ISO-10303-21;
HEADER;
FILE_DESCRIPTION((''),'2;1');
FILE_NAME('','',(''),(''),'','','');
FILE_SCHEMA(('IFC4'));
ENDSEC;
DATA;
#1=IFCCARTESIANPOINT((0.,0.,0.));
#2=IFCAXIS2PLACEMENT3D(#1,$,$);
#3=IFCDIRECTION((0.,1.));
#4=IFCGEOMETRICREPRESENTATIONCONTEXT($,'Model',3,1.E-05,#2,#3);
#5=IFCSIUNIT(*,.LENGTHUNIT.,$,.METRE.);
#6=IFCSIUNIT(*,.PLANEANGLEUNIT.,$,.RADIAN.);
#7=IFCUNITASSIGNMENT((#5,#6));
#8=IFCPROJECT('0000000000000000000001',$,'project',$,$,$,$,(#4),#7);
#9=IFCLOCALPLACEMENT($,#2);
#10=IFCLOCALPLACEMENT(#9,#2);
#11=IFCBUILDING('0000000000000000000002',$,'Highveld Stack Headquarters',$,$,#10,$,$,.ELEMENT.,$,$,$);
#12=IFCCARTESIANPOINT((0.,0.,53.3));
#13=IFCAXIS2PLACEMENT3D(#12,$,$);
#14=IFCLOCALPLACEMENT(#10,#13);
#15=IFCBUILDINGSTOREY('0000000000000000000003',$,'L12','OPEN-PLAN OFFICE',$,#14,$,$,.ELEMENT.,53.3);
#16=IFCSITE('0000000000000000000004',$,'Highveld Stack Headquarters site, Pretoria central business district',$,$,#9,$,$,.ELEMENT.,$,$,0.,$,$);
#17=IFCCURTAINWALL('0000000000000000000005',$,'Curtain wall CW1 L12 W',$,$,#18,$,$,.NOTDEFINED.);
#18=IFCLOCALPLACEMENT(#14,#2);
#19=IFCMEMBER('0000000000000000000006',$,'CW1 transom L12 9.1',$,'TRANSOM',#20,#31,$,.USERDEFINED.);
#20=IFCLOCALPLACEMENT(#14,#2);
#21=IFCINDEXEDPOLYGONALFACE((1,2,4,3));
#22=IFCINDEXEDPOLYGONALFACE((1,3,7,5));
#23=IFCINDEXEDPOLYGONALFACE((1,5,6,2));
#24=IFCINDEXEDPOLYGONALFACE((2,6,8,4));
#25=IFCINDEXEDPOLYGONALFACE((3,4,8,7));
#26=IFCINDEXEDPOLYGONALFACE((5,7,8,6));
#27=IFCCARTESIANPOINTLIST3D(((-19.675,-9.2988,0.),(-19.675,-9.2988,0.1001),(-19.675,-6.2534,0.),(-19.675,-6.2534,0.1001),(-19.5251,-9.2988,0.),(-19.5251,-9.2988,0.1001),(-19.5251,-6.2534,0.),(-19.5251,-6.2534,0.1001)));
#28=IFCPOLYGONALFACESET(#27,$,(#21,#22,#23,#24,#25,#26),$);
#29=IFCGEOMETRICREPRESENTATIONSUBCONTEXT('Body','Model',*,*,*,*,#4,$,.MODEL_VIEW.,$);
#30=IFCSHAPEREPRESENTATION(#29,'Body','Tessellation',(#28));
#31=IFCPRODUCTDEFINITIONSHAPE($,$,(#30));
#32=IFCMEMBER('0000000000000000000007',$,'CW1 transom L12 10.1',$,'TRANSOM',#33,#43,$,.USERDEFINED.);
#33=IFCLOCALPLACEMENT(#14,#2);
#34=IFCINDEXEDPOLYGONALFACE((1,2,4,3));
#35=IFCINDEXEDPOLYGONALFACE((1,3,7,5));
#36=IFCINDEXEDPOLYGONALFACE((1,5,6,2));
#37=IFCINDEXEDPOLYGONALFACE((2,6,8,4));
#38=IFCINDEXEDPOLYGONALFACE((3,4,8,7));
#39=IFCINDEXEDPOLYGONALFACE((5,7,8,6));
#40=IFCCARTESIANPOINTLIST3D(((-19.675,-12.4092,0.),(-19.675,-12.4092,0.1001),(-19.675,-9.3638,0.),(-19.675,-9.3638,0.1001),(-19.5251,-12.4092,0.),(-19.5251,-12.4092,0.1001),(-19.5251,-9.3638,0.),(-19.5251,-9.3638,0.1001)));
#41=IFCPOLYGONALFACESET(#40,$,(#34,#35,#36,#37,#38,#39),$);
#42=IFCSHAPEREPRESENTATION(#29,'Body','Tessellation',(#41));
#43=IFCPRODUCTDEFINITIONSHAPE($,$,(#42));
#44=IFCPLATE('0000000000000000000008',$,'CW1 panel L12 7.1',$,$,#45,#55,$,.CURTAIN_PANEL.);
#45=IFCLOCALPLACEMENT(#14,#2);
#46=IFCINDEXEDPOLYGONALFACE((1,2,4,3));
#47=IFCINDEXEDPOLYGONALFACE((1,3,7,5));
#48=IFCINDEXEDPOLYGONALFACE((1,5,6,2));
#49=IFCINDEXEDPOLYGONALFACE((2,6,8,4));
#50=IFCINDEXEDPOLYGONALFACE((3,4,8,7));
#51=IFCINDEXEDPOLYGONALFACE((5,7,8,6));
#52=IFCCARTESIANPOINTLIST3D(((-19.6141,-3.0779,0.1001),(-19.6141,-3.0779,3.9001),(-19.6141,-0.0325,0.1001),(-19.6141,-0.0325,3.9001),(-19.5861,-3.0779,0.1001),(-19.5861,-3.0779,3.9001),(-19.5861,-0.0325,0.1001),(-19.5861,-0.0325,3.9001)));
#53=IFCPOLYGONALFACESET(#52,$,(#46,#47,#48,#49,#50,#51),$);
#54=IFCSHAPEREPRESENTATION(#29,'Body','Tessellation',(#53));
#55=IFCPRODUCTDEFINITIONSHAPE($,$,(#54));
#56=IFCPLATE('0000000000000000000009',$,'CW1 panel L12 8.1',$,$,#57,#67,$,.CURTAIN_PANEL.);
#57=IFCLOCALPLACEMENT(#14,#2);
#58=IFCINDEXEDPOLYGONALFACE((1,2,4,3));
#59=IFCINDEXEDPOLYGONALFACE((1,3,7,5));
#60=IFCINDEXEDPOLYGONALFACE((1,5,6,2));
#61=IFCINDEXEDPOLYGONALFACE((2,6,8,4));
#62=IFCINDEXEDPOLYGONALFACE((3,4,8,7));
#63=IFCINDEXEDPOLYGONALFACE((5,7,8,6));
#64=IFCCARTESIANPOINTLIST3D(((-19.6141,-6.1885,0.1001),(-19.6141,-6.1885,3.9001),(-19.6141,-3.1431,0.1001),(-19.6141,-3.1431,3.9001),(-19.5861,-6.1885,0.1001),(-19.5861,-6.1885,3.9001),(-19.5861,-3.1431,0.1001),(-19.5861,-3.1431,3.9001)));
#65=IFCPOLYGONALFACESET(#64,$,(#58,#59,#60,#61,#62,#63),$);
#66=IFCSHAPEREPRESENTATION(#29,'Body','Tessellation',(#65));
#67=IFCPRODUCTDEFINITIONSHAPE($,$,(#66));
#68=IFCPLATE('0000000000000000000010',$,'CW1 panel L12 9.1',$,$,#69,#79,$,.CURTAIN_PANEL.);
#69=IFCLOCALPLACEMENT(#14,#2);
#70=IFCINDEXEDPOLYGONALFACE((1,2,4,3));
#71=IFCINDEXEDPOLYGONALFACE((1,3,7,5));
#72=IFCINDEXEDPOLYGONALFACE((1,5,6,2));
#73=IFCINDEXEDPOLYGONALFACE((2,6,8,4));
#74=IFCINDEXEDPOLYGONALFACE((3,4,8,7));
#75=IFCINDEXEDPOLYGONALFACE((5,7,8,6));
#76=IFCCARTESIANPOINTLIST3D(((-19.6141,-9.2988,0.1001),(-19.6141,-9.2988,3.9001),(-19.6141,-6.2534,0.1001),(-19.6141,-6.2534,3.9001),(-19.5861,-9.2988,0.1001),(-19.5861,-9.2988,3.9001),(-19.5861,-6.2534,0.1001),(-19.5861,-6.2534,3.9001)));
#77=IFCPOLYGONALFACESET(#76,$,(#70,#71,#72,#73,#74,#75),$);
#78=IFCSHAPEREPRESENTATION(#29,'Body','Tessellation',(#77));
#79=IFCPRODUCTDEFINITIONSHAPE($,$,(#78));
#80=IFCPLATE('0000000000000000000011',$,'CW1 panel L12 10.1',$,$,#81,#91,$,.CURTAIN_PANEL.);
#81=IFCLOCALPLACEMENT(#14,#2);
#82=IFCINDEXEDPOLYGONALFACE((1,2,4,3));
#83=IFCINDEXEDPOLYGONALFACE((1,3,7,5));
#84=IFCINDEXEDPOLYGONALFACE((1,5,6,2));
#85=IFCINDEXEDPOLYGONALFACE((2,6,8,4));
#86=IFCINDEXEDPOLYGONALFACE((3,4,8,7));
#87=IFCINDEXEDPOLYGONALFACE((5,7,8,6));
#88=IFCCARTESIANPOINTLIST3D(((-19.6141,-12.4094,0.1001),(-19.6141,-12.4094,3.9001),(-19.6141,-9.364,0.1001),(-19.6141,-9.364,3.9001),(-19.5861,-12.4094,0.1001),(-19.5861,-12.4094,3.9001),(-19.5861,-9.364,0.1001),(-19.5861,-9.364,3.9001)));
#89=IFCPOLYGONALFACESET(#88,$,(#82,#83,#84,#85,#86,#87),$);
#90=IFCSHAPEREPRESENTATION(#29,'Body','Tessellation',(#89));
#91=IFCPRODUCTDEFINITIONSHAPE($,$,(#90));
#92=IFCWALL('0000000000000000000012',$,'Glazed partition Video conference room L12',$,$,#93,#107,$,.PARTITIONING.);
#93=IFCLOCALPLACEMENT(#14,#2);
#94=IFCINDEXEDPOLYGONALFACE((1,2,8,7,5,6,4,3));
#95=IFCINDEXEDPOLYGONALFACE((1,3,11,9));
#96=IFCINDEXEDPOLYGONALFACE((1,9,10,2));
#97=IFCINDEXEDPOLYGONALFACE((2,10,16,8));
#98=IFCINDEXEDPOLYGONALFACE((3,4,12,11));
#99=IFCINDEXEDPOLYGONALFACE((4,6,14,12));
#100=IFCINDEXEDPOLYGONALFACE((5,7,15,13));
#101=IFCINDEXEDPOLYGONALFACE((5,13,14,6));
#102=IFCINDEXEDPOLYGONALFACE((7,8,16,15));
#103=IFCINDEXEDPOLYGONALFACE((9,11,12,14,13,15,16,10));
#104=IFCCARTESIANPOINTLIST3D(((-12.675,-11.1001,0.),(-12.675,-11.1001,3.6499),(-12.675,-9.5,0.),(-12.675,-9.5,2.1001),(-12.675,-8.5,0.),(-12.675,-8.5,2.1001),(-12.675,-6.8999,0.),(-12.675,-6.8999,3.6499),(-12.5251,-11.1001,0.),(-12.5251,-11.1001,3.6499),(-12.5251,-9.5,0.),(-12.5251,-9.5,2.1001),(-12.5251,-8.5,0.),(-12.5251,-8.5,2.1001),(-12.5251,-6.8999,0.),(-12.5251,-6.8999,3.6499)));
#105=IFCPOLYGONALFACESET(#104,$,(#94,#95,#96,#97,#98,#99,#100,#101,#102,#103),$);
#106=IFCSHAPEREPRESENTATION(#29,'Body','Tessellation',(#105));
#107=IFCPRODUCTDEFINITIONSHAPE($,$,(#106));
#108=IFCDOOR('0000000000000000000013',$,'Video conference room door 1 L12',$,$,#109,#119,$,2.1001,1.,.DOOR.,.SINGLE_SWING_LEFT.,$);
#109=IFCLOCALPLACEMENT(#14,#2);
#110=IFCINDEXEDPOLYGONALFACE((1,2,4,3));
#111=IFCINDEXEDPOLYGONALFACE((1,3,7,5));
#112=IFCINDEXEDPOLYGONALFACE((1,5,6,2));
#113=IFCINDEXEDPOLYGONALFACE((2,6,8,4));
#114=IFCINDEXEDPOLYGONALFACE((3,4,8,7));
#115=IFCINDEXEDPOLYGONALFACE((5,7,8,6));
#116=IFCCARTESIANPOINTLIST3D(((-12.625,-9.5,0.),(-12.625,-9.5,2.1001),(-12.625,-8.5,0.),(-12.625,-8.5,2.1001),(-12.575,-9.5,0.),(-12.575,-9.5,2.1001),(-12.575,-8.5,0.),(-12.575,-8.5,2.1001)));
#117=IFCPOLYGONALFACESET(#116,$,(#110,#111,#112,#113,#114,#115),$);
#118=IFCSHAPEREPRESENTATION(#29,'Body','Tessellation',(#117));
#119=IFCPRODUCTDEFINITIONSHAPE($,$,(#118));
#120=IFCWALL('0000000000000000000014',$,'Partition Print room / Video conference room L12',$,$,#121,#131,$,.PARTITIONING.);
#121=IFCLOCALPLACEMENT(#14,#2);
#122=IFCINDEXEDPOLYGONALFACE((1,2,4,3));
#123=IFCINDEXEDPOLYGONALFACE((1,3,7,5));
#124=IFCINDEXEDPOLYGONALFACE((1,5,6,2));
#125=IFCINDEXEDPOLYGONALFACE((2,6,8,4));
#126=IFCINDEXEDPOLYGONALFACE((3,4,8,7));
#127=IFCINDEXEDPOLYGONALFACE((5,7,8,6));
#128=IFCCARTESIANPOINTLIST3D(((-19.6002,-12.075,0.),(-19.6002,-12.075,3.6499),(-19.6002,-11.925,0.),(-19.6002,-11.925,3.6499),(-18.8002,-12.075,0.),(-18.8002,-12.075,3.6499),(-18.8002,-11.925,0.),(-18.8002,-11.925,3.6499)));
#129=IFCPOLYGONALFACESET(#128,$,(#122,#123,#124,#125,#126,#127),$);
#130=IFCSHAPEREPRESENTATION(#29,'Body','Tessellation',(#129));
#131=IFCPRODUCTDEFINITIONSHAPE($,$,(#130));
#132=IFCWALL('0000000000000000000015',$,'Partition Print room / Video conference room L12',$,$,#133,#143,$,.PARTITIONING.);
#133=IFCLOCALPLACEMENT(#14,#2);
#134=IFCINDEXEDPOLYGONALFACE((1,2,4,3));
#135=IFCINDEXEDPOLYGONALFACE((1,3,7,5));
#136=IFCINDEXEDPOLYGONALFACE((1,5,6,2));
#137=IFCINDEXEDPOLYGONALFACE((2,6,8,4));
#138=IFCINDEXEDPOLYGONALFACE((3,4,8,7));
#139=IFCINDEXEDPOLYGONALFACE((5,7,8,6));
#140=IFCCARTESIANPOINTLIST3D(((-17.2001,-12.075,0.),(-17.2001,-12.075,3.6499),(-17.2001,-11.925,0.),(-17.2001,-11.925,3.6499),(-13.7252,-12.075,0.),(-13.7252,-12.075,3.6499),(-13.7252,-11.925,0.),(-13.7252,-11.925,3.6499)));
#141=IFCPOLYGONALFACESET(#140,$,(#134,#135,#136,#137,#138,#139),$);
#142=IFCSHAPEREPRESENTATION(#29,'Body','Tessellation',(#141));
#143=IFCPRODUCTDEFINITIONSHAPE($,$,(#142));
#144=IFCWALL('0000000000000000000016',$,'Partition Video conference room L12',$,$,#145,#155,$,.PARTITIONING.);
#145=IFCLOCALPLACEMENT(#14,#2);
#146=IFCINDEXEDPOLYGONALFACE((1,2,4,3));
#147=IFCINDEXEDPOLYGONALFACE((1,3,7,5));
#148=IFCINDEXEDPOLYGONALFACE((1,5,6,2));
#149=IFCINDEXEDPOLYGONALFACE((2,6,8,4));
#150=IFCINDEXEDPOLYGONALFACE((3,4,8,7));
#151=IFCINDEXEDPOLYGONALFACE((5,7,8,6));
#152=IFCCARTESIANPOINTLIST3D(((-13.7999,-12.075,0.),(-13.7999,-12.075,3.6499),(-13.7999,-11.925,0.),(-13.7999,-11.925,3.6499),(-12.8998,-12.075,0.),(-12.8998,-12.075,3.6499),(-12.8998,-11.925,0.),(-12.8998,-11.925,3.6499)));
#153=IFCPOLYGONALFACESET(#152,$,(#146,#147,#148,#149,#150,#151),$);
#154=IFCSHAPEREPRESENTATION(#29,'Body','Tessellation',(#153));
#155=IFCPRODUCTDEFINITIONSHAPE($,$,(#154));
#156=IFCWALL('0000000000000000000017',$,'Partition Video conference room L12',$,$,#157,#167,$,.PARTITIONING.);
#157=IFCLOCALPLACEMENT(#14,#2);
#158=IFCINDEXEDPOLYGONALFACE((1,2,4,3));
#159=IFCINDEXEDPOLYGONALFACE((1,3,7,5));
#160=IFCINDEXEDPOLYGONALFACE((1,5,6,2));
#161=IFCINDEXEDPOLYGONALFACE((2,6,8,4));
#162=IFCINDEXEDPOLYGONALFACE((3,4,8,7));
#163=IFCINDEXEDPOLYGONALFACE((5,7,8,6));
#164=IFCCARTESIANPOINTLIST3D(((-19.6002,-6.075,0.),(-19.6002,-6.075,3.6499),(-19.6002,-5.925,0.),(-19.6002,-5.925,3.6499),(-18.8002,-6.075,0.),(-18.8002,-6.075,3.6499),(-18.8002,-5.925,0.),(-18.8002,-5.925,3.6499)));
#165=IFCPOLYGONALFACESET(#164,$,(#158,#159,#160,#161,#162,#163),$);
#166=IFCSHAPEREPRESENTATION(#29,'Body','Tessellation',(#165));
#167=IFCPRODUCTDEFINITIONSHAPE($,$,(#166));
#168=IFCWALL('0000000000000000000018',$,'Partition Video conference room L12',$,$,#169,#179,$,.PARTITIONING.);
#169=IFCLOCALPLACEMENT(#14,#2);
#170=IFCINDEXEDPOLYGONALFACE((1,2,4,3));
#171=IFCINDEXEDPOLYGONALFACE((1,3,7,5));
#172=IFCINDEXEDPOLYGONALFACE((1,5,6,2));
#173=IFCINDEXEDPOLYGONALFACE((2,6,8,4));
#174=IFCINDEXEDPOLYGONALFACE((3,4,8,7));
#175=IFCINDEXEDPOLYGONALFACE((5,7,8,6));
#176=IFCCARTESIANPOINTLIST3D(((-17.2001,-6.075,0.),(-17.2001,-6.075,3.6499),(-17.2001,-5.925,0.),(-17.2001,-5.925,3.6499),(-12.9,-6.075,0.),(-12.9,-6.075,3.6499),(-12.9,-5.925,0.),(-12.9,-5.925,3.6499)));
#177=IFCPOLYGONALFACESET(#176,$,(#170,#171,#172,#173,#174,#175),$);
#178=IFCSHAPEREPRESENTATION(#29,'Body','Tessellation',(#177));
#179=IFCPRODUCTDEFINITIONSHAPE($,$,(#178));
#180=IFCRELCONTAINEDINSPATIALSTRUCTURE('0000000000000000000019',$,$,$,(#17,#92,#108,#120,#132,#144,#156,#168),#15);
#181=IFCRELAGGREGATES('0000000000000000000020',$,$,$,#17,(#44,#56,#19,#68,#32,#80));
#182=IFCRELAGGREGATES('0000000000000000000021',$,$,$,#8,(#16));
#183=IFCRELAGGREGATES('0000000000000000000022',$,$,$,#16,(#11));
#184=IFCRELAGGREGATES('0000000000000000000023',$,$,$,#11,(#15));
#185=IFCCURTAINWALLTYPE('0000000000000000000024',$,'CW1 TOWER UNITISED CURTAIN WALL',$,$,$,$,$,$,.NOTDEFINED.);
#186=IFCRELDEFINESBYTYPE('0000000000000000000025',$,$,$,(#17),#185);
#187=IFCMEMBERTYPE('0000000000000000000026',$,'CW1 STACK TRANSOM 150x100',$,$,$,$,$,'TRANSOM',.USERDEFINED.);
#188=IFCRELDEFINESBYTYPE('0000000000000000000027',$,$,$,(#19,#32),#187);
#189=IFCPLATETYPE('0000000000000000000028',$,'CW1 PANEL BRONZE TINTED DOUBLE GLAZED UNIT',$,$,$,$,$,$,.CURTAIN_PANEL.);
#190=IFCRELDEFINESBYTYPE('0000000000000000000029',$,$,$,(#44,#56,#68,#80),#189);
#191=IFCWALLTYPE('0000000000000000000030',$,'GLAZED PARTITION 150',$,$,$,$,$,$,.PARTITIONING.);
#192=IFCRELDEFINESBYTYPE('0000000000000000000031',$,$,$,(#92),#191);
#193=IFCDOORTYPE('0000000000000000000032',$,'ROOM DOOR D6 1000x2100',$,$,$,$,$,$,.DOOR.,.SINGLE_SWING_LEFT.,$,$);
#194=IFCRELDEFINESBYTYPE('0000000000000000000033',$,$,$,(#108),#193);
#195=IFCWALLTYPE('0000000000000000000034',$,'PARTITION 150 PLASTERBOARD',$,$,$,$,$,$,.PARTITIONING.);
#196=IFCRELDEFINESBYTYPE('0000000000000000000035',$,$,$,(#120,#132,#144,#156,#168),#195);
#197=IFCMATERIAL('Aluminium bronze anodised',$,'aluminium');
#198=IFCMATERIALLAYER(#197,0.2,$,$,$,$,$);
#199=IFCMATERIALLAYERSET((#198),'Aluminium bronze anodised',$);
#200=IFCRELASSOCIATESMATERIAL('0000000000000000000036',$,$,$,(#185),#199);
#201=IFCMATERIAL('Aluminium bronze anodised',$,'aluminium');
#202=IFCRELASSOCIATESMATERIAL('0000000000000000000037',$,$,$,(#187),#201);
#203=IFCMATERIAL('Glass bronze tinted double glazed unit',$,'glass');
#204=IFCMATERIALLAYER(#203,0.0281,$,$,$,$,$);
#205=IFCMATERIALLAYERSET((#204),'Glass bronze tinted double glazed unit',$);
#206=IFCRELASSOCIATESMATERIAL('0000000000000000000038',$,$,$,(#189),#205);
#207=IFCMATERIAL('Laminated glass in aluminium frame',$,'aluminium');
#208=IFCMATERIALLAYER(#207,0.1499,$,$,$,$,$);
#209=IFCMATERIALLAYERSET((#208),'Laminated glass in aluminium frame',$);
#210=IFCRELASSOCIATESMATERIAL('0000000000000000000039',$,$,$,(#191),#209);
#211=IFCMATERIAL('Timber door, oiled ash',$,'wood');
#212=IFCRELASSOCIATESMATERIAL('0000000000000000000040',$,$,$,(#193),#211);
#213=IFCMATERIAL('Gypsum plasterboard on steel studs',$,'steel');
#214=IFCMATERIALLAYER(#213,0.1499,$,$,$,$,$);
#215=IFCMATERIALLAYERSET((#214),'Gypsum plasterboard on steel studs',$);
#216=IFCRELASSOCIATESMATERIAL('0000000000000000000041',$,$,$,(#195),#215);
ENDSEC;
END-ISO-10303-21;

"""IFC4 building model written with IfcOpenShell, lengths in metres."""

from ifc_helpers import new_model, si_unit, direction, frame, frame_2d, origin, origin_2d, place, context, subcontext, project, spatial, rectangle, extrude, material, layer, layer_set, material_profile, profile_set, type_object, element, fill, aggregate, save


model = new_model("IFC4")

# Units and contexts
model_context = context("Model", 3, precision=1e-05, world=origin(), true_north=direction((0.0, 1.0)))
body_context = subcontext(model_context, "Body", "Model", "MODEL_VIEW")
ifc_project = project(units=[si_unit("LENGTHUNIT", "METRE"), si_unit("PLANEANGLEUNIT", "RADIAN")], contexts=[model_context])

# Site, building, storey
site_placement = place(None, origin())
site = spatial("IfcSite", under=ifc_project, at=site_placement, Name="Highveld Stack Headquarters site, Pretoria central business district", CompositionType="ELEMENT", RefElevation=0.0)
building_placement = place(site_placement, origin())
building = spatial("IfcBuilding", under=site, at=building_placement, Name="Highveld Stack Headquarters", CompositionType="ELEMENT")
storey_placement = place(building_placement, frame((0.0, 0.0, 53.3)))
storey = spatial("IfcBuildingStorey", under=building, at=storey_placement, Name="L12", Description="OPEN-PLAN OFFICE", CompositionType="ELEMENT", Elevation=53.3)

# Curtain wall, members, plates
ifc_material_1 = material(Name="Aluminium bronze anodised", Category="aluminium")
ifc_layer_1 = layer(ifc_material_1, 0.2)
ifc_layer_set_1 = layer_set([ifc_layer_1], Name="Aluminium bronze anodised")
curtain_wall_type = type_object("IfcCurtainWallType", Name="CW1 TOWER UNITISED CURTAIN WALL", PredefinedType="NOTDEFINED", material=ifc_layer_set_1)
curtain_wall_placement = place(storey_placement, origin())
curtain_wall = element("IfcCurtainWall", 1, at=curtain_wall_placement, inside=storey, type_object=curtain_wall_type, Name="Curtain wall CW1 L12 W", PredefinedType="NOTDEFINED")
ifc_material_2 = material(Name="Aluminium bronze anodised", Category="aluminium")
ifc_material_profile_1 = material_profile(ifc_material_2, rectangle(XDim=0.1499, YDim=0.1001, at=origin_2d()), Name="CW1 TRANSOM 150x100")
ifc_profile_set_1 = profile_set([ifc_material_profile_1], Name="Aluminium bronze anodised")
member_type_1 = type_object("IfcMemberType", Name="CW1 STACK TRANSOM 150x100", ElementType="TRANSOM", PredefinedType="USERDEFINED", material=ifc_profile_set_1)
member_1_placement = place(storey_placement, frame((-19.6001, -6.2534, 0.05), z_axis=(0.0, -1.0, 0.0), x_axis=(1.0, 0.0, 0.0)))
member_1 = element("IfcMember", 2, at=member_1_placement, type_object=member_type_1, Name="CW1 transom L12 9.1", ObjectType="TRANSOM", PredefinedType="USERDEFINED", context=body_context, shape_type="SweptSolid", body=[
    extrude(rectangle(XDim=0.1499, YDim=0.1001, at=origin_2d()), origin(), (0.0, 0.0, 1.0), 3.0454),
])
member_2_placement = place(storey_placement, frame((-19.6001, -9.3638, 0.05), z_axis=(0.0, -1.0, 0.0), x_axis=(1.0, 0.0, 0.0)))
member_2 = element("IfcMember", 3, at=member_2_placement, type_object=member_type_1, Name="CW1 transom L12 10.1", ObjectType="TRANSOM", PredefinedType="USERDEFINED", context=body_context, shape_type="SweptSolid", body=[
    extrude(rectangle(XDim=0.1499, YDim=0.1001, at=origin_2d()), origin(), (0.0, 0.0, 1.0), 3.0454),
])
ifc_material_3 = material(Name="Glass bronze tinted double glazed unit", Category="glass")
ifc_layer_2 = layer(ifc_material_3, 0.0281)
ifc_layer_set_2 = layer_set([ifc_layer_2], Name="Glass bronze tinted double glazed unit")
plate_type = type_object("IfcPlateType", Name="CW1 PANEL BRONZE TINTED DOUBLE GLAZED UNIT", PredefinedType="CURTAIN_PANEL", material=ifc_layer_set_2)
plate_1_placement = place(storey_placement, frame((-19.6001, -1.5552, 0.1001), z_axis=(0.0, 0.0, 1.0), x_axis=(0.0, -1.0, 0.0)))
plate_1 = element("IfcPlate", 4, at=plate_1_placement, type_object=plate_type, Name="CW1 panel L12 7.1", PredefinedType="CURTAIN_PANEL", context=body_context, shape_type="SweptSolid", body=[
    extrude(rectangle(XDim=3.0454, YDim=0.0281, at=origin_2d()), origin(), (0.0, 0.0, 1.0), 3.8),
])
plate_2_placement = place(storey_placement, frame((-19.6001, -4.6658, 0.1001), z_axis=(0.0, 0.0, 1.0), x_axis=(0.0, -1.0, 0.0)))
plate_2 = element("IfcPlate", 5, at=plate_2_placement, type_object=plate_type, Name="CW1 panel L12 8.1", PredefinedType="CURTAIN_PANEL", context=body_context, shape_type="SweptSolid", body=[
    extrude(rectangle(XDim=3.0454, YDim=0.0281, at=origin_2d()), origin(), (0.0, 0.0, 1.0), 3.8),
])
plate_3_placement = place(storey_placement, frame((-19.6001, -7.7761, 0.1001), z_axis=(0.0, 0.0, 1.0), x_axis=(0.0, -1.0, 0.0)))
plate_3 = element("IfcPlate", 6, at=plate_3_placement, type_object=plate_type, Name="CW1 panel L12 9.1", PredefinedType="CURTAIN_PANEL", context=body_context, shape_type="SweptSolid", body=[
    extrude(rectangle(XDim=3.0454, YDim=0.0281, at=origin_2d()), origin(), (0.0, 0.0, 1.0), 3.8),
])
plate_4_placement = place(storey_placement, frame((-19.6001, -10.8867, 0.1001), z_axis=(0.0, 0.0, 1.0), x_axis=(0.0, -1.0, 0.0)))
plate_4 = element("IfcPlate", 7, at=plate_4_placement, type_object=plate_type, Name="CW1 panel L12 10.1", PredefinedType="CURTAIN_PANEL", context=body_context, shape_type="SweptSolid", body=[
    extrude(rectangle(XDim=3.0454, YDim=0.0281, at=origin_2d()), origin(), (0.0, 0.0, 1.0), 3.8),
])
aggregate(curtain_wall, [plate_1, plate_2, member_1, plate_3, member_2, plate_4])

# Wall, opening, door
ifc_material_4 = material(Name="Laminated glass in aluminium frame", Category="aluminium")
ifc_layer_3 = layer(ifc_material_4, 0.1499)
ifc_layer_set_3 = layer_set([ifc_layer_3], Name="Laminated glass in aluminium frame")
wall_type_1 = type_object("IfcWallType", Name="GLAZED PARTITION 150", PredefinedType="PARTITIONING", material=ifc_layer_set_3)
wall_1_placement = place(storey_placement, frame((-12.6001, -11.1001, 0.0), z_axis=(0.0, 0.0, 1.0), x_axis=(0.0, 1.0, 0.0)))
wall_1 = element("IfcWall", 8, at=wall_1_placement, inside=storey, type_object=wall_type_1, Name="Glazed partition Video conference room L12", PredefinedType="PARTITIONING", context=body_context, shape_type="SweptSolid", body=[
    extrude(rectangle(XDim=4.2002, YDim=0.1499, at=frame_2d((2.1001, 0.0))), origin(), (0.0, 0.0, 1.0), 3.6499),
])
opening_placement = place(wall_1_placement, frame((1.6001, 0.0, 0.0)))
opening = element("IfcOpeningElement", 9, at=opening_placement, cuts=wall_1, PredefinedType="OPENING", context=body_context, shape_type="SweptSolid", body=[
    extrude(rectangle(XDim=1.0, YDim=2.1001, at=frame_2d((0.5, 1.05))), frame((0.0, 0.085, 0.0), z_axis=(0.0, -1.0, 0.0), x_axis=(1.0, 0.0, 0.0)), (0.0, 0.0, 1.0), 0.1699),
])
ifc_material_5 = material(Name="Timber door, oiled ash", Category="wood")
door_type = type_object("IfcDoorType", Name="ROOM DOOR D6 1000x2100", OperationType="SINGLE_SWING_LEFT", PredefinedType="DOOR", material=ifc_material_5)
door_placement = place(opening_placement, origin())
door = element("IfcDoor", 10, at=door_placement, inside=storey, type_object=door_type, Name="Video conference room door 1 L12", OperationType="SINGLE_SWING_LEFT", OverallHeight=2.1001, OverallWidth=1.0, PredefinedType="DOOR", context=body_context, shape_type="SweptSolid", body=[
    extrude(rectangle(XDim=1.0, YDim=2.1001, at=frame_2d((0.5, 1.05))), frame((0.0, 0.0249, 0.0), z_axis=(0.0, -1.0, 0.0), x_axis=(1.0, 0.0, 0.0)), (0.0, 0.0, 1.0), 0.05),
])
fill(opening, door)

# Walls
ifc_material_6 = material(Name="Gypsum plasterboard on steel studs", Category="steel")
ifc_layer_4 = layer(ifc_material_6, 0.1499)
ifc_layer_set_4 = layer_set([ifc_layer_4], Name="Gypsum plasterboard on steel studs")
wall_type_2 = type_object("IfcWallType", Name="PARTITION 150 PLASTERBOARD", PredefinedType="PARTITIONING", material=ifc_layer_set_4)
wall_2_placement = place(storey_placement, frame((-19.6001, -12.0, 0.0), z_axis=(0.0, 0.0, 1.0), x_axis=(1.0, 0.0, 0.0)))
element("IfcWall", 11, at=wall_2_placement, inside=storey, type_object=wall_type_2, Name="Partition Print room / Video conference room L12", PredefinedType="PARTITIONING", context=body_context, shape_type="SweptSolid", body=[
    extrude(rectangle(XDim=0.8, YDim=0.1499, at=frame_2d((0.3999, 0.0))), origin(), (0.0, 0.0, 1.0), 3.6499),
])
wall_3_placement = place(storey_placement, frame((-17.2, -12.0, 0.0), z_axis=(0.0, 0.0, 1.0), x_axis=(1.0, 0.0, 0.0)))
element("IfcWall", 12, at=wall_3_placement, inside=storey, type_object=wall_type_2, Name="Partition Print room / Video conference room L12", PredefinedType="PARTITIONING", context=body_context, shape_type="SweptSolid", body=[
    extrude(rectangle(XDim=3.4749, YDim=0.1499, at=frame_2d((1.7373, 0.0))), origin(), (0.0, 0.0, 1.0), 3.6499),
])
wall_4_placement = place(storey_placement, frame((-13.8, -12.0, 0.0), z_axis=(0.0, 0.0, 1.0), x_axis=(1.0, 0.0, 0.0)))
element("IfcWall", 13, at=wall_4_placement, inside=storey, type_object=wall_type_2, Name="Partition Video conference room L12", PredefinedType="PARTITIONING", context=body_context, shape_type="SweptSolid", body=[
    extrude(rectangle(XDim=0.9001, YDim=0.1499, at=frame_2d((0.4502, 0.0))), origin(), (0.0, 0.0, 1.0), 3.6499),
])
wall_5_placement = place(storey_placement, frame((-19.6001, -6.0, 0.0), z_axis=(0.0, 0.0, 1.0), x_axis=(1.0, 0.0, 0.0)))
element("IfcWall", 14, at=wall_5_placement, inside=storey, type_object=wall_type_2, Name="Partition Video conference room L12", PredefinedType="PARTITIONING", context=body_context, shape_type="SweptSolid", body=[
    extrude(rectangle(XDim=0.8, YDim=0.1499, at=frame_2d((0.3999, 0.0))), origin(), (0.0, 0.0, 1.0), 3.6499),
])
wall_6_placement = place(storey_placement, frame((-17.2, -6.0, 0.0), z_axis=(0.0, 0.0, 1.0), x_axis=(1.0, 0.0, 0.0)))
element("IfcWall", 15, at=wall_6_placement, inside=storey, type_object=wall_type_2, Name="Partition Video conference room L12", PredefinedType="PARTITIONING", context=body_context, shape_type="SweptSolid", body=[
    extrude(rectangle(XDim=4.3, YDim=0.1499, at=frame_2d((2.1499, 0.0))), origin(), (0.0, 0.0, 1.0), 3.6499),
])

save(model, "model.ifc")
